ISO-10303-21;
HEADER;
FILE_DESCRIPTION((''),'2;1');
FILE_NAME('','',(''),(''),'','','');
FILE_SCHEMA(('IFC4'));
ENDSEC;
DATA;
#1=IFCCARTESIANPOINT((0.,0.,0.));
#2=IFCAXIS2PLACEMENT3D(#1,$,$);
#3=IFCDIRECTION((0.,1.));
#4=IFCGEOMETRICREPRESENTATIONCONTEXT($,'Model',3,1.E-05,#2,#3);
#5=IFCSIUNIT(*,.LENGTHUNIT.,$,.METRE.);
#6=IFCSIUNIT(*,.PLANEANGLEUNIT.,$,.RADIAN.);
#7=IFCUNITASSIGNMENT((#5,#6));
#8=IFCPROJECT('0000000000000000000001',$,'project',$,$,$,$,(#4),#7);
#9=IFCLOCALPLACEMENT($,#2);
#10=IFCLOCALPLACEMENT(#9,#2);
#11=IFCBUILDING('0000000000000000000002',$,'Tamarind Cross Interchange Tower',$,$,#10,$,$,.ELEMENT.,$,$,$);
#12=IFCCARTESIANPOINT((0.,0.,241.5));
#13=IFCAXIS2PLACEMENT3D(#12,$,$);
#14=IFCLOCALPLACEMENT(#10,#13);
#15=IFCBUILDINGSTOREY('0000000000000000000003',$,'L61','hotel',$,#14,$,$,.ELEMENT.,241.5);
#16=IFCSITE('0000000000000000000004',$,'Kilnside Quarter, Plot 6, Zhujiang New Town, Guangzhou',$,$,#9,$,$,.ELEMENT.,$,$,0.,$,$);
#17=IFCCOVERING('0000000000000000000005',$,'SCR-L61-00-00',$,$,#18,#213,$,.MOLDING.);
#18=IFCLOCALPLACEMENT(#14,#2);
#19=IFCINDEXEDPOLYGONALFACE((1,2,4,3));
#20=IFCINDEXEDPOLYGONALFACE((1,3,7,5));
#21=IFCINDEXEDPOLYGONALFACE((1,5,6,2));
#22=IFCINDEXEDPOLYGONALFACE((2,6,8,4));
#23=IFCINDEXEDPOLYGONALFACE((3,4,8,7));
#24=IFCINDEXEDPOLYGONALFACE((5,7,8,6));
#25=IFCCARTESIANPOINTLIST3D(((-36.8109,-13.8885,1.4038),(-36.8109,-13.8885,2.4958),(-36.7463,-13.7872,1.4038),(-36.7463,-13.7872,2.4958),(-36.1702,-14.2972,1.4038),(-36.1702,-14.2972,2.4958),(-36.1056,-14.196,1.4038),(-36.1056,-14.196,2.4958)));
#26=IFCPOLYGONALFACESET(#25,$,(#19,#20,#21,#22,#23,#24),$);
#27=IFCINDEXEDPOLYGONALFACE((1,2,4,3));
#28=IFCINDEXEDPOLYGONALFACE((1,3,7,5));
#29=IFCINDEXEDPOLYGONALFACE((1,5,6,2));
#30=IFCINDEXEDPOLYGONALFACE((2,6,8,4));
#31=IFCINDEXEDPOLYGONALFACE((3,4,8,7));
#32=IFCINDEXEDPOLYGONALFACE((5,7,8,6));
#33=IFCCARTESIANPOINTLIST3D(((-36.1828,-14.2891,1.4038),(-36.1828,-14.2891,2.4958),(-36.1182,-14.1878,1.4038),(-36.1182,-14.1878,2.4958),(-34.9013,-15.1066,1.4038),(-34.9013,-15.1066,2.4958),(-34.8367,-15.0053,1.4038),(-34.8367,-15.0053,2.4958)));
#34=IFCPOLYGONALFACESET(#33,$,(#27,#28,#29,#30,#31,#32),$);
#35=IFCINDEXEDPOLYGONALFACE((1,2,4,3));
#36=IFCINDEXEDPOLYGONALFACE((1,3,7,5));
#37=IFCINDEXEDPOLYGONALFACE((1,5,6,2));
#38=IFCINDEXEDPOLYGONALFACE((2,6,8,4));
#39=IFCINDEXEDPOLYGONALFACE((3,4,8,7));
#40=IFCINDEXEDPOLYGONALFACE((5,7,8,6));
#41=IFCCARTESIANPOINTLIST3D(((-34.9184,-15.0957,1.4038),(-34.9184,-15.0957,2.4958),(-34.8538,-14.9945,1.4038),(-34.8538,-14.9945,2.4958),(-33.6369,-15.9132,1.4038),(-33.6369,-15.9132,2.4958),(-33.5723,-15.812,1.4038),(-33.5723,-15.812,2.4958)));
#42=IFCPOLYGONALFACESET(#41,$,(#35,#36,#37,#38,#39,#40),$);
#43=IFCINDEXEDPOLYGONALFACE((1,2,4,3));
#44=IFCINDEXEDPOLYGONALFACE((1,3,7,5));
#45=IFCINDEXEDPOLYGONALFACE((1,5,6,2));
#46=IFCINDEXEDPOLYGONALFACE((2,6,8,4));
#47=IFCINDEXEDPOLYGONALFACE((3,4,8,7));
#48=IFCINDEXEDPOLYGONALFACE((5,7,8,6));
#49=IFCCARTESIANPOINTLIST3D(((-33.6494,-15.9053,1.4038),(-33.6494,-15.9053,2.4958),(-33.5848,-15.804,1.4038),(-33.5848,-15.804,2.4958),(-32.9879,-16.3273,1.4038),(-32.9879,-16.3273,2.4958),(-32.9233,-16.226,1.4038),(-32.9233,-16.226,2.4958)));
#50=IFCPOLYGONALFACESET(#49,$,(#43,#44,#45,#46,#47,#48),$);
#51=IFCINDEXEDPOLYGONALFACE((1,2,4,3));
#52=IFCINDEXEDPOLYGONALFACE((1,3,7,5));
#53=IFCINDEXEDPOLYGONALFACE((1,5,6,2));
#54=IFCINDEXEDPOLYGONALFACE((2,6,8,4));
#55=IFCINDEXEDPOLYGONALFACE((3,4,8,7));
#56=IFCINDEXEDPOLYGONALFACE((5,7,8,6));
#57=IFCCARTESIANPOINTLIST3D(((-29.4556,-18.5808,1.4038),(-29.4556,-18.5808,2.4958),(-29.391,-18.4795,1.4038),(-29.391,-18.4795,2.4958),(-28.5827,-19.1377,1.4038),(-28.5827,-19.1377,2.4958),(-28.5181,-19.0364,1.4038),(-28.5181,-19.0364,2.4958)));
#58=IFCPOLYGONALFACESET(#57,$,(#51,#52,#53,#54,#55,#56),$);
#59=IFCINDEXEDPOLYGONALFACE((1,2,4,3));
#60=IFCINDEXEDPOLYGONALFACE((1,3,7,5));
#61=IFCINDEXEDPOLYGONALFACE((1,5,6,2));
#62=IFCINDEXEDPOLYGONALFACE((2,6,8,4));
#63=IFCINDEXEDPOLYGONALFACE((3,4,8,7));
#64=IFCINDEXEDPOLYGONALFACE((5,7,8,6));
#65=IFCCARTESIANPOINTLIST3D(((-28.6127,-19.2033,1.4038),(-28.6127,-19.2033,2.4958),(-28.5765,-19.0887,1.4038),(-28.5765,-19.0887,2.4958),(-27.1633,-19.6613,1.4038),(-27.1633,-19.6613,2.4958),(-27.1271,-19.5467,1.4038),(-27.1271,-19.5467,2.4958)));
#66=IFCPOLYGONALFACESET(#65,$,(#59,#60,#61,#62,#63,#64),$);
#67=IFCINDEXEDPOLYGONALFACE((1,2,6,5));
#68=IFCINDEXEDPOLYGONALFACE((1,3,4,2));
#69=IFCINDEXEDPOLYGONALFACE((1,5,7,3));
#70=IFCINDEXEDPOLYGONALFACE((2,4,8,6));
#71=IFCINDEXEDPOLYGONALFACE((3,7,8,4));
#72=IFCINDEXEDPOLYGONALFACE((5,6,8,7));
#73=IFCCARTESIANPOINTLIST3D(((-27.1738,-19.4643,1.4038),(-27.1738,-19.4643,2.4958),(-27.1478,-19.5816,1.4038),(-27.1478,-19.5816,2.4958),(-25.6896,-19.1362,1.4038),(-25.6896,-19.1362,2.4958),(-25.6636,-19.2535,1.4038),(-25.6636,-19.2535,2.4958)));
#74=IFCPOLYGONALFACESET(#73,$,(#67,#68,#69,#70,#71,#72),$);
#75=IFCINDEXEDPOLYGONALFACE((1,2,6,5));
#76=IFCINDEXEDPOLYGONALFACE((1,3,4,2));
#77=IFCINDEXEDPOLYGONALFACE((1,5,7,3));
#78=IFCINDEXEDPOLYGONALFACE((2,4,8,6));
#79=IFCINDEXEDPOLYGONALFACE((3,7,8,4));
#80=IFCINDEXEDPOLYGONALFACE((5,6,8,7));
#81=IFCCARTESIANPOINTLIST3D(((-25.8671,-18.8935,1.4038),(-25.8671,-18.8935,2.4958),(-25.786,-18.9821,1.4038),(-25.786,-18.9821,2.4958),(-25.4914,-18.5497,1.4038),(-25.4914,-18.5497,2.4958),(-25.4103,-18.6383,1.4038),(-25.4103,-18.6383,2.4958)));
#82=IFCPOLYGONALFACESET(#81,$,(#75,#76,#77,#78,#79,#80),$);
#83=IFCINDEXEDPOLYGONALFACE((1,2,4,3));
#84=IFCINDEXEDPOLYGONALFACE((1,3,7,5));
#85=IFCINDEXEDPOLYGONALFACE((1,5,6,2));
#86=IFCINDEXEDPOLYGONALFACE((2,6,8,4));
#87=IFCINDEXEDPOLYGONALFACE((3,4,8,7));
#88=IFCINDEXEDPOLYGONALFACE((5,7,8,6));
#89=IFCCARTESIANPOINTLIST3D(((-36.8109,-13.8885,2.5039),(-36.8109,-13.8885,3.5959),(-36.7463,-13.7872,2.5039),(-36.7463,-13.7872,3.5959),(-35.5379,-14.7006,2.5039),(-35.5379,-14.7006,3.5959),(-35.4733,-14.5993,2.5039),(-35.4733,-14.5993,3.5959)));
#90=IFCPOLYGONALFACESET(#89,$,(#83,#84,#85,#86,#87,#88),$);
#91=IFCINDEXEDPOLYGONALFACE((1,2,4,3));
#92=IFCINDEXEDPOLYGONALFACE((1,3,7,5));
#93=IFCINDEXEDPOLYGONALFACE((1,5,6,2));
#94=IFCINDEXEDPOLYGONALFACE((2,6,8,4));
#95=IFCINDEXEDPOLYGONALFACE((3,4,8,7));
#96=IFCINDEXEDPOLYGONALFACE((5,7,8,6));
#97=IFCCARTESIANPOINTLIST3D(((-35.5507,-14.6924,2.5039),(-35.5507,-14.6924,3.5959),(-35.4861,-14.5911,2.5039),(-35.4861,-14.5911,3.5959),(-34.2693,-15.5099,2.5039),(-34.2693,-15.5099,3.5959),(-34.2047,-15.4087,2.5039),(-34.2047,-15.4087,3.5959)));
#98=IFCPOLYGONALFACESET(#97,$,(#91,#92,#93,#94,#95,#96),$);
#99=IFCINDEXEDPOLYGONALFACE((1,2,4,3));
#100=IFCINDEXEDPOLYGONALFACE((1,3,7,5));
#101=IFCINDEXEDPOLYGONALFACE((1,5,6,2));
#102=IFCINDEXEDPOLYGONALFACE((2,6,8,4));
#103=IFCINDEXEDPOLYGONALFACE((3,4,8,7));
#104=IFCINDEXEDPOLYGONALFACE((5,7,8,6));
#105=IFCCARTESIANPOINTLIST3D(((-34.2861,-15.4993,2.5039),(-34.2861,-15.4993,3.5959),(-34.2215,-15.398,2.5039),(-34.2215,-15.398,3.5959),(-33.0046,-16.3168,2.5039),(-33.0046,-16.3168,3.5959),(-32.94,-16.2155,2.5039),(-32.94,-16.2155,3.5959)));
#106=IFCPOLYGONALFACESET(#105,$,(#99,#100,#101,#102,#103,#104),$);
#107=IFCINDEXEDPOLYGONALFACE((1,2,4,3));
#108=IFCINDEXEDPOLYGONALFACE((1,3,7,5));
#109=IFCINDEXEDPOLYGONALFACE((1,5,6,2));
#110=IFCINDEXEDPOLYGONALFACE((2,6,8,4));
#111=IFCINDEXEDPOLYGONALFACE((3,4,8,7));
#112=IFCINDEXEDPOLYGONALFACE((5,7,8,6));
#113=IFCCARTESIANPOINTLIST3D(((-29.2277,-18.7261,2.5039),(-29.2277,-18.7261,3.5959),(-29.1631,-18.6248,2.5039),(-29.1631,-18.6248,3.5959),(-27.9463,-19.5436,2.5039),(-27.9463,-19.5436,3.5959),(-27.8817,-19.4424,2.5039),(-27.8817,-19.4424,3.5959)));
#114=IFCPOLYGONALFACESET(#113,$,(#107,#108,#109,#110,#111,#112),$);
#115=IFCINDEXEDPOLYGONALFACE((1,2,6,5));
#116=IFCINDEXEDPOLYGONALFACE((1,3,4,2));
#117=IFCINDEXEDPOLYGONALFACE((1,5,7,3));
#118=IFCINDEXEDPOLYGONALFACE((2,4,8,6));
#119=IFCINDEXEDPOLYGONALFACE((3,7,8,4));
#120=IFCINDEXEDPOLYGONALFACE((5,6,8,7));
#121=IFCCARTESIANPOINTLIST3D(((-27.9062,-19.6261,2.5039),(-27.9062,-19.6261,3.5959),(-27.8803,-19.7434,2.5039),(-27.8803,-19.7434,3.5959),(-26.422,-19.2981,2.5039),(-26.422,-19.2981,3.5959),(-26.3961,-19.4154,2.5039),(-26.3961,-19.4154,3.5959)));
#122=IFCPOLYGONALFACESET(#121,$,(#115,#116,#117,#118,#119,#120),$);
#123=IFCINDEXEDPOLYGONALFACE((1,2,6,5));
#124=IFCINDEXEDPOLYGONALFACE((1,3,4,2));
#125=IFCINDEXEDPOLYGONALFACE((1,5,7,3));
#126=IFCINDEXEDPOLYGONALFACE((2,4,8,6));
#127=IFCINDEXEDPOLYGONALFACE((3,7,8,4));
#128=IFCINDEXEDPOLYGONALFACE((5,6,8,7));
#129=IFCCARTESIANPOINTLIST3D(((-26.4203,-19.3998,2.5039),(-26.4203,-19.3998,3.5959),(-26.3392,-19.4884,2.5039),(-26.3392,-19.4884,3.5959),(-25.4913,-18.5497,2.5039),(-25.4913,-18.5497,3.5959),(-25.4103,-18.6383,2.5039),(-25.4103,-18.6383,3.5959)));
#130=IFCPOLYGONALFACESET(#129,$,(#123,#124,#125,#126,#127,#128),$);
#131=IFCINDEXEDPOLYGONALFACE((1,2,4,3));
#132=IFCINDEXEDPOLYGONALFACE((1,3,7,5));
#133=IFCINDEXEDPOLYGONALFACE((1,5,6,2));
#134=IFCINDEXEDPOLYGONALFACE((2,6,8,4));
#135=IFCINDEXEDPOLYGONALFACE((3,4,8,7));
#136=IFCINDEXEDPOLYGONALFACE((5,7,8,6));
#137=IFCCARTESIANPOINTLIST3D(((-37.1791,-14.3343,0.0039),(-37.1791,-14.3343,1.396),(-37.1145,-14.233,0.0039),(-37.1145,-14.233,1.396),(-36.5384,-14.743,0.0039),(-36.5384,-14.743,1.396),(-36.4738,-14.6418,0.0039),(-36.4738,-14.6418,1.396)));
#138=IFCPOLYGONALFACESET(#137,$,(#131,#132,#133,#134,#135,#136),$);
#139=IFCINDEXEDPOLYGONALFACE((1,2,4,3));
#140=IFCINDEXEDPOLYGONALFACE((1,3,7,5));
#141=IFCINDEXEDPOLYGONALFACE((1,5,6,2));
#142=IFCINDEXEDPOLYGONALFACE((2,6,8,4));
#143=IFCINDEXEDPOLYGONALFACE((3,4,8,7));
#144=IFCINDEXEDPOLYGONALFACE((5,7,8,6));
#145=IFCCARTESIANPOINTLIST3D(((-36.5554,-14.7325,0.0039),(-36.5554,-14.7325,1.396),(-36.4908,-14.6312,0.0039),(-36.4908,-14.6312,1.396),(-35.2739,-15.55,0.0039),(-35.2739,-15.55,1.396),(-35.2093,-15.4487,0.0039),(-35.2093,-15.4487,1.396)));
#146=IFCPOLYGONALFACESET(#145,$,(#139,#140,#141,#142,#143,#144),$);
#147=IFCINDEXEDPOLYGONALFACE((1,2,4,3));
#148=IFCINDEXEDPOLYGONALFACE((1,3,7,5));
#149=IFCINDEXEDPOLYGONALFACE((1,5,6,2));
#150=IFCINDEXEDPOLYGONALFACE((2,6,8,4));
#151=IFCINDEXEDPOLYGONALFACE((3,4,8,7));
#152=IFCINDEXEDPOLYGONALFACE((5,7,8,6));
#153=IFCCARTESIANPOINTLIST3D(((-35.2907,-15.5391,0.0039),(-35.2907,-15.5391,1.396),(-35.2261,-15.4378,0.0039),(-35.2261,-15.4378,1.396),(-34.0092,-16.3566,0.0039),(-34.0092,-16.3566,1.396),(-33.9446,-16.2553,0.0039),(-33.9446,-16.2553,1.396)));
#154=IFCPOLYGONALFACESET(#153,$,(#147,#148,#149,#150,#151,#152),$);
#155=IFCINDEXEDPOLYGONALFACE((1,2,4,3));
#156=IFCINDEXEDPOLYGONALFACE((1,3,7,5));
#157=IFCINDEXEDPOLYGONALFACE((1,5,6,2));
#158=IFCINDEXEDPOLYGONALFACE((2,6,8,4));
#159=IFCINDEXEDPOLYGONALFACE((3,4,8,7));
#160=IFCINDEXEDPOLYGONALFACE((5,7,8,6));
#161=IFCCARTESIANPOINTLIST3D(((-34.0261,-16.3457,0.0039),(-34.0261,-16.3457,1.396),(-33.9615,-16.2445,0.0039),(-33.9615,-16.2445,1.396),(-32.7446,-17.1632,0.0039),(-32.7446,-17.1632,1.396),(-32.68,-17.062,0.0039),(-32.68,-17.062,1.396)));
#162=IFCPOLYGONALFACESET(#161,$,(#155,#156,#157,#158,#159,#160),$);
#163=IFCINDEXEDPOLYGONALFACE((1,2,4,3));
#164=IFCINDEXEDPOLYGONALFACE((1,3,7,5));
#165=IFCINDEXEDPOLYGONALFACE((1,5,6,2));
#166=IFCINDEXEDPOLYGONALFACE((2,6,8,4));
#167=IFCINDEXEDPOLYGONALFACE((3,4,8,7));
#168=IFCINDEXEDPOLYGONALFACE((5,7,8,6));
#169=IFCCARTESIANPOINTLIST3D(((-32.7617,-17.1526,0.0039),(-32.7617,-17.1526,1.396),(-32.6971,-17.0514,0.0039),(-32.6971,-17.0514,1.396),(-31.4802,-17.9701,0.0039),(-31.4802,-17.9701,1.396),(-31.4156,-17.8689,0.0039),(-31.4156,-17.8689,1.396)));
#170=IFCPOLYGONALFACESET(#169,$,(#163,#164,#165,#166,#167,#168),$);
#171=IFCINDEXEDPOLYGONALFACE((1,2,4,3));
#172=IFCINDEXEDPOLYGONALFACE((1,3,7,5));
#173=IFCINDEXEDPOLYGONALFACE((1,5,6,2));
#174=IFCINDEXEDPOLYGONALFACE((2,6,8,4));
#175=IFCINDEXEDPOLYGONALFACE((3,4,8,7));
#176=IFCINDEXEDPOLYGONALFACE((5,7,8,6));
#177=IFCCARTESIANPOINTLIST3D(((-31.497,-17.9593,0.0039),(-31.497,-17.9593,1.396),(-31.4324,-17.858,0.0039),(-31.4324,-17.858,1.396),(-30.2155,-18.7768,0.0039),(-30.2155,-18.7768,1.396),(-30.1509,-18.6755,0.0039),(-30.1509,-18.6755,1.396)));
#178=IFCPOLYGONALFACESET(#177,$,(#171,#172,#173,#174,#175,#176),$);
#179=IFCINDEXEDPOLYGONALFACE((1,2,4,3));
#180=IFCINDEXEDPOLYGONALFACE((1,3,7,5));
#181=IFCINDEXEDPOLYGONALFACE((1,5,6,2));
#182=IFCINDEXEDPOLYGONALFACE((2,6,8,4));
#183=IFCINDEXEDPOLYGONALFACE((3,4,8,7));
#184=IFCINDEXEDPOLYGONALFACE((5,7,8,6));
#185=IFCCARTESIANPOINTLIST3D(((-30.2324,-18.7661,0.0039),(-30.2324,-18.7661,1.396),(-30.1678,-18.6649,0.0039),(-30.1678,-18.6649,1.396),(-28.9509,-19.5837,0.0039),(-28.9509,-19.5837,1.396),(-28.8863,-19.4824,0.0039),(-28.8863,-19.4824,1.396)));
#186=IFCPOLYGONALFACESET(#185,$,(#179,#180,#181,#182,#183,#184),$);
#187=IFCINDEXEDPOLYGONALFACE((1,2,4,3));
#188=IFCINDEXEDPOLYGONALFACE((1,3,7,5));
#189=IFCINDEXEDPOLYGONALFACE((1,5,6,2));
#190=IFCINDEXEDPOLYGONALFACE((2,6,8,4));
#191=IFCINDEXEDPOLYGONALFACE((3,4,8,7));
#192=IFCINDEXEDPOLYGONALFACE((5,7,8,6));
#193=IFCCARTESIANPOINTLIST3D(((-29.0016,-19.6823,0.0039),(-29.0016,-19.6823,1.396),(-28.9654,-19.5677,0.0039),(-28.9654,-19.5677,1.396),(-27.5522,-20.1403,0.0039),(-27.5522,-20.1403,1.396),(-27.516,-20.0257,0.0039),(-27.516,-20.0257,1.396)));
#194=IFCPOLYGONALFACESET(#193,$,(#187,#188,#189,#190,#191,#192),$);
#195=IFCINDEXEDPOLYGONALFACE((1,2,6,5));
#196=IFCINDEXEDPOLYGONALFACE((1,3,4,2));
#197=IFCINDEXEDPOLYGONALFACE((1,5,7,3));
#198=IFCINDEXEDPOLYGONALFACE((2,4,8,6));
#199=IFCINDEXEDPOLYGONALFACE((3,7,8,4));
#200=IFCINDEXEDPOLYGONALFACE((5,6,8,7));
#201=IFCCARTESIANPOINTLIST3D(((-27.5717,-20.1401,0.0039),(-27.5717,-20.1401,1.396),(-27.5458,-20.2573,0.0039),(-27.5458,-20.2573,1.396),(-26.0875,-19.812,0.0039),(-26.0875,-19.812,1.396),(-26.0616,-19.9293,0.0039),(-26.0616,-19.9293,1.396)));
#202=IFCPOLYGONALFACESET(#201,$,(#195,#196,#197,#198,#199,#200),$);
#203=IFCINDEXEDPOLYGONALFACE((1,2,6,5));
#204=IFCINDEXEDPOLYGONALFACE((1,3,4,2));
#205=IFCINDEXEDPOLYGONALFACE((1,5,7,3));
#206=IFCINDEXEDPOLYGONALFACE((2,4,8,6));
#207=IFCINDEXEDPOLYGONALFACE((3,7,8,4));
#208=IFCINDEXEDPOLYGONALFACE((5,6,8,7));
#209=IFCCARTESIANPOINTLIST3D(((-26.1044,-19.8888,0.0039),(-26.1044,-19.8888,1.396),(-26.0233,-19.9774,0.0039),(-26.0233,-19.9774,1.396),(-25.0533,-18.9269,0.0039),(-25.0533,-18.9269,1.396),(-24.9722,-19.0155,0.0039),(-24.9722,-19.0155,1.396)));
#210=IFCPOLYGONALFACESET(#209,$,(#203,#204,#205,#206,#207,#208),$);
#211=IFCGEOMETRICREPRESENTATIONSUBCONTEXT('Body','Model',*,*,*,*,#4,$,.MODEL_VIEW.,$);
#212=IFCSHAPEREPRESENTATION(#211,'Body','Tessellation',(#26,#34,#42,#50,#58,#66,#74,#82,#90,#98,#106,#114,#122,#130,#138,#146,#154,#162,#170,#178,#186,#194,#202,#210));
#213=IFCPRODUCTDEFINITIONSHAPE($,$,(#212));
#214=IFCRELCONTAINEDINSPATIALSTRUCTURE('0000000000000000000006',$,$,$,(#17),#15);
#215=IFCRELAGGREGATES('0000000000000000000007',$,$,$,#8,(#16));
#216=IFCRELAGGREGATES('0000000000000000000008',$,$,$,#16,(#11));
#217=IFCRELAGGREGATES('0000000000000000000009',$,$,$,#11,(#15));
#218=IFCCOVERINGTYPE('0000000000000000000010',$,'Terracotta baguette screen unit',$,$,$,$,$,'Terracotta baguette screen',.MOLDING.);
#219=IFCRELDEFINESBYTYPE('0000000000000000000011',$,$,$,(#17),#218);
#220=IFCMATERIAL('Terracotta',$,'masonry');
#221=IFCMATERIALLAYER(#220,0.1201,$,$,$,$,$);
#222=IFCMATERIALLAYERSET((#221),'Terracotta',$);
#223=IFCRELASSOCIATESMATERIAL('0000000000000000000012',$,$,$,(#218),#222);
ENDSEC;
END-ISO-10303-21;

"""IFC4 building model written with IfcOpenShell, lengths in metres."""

from ifc_helpers import new_model, si_unit, direction, frame, origin, origin_2d, place, context, subcontext, project, spatial, rectangle, extrude, material, layer, layer_set, type_object, element, save


model = new_model("IFC4")

# Units and contexts
model_context = context("Model", 3, precision=1e-05, world=origin(), true_north=direction((0.0, 1.0)))
body_context = subcontext(model_context, "Body", "Model", "MODEL_VIEW")
ifc_project = project(units=[si_unit("LENGTHUNIT", "METRE"), si_unit("PLANEANGLEUNIT", "RADIAN")], contexts=[model_context])

# Site, building, storey
site_placement = place(None, origin())
site = spatial("IfcSite", under=ifc_project, at=site_placement, Name="Kilnside Quarter, Plot 6, Zhujiang New Town, Guangzhou", CompositionType="ELEMENT", RefElevation=0.0)
building_placement = place(site_placement, origin())
building = spatial("IfcBuilding", under=site, at=building_placement, Name="Tamarind Cross Interchange Tower", CompositionType="ELEMENT")
storey_placement = place(building_placement, frame((0.0, 0.0, 241.5)))
storey = spatial("IfcBuildingStorey", under=building, at=storey_placement, Name="L61", Description="hotel", CompositionType="ELEMENT", Elevation=241.5)

# Covering
ifc_material_1 = material(Name="Terracotta", Category="masonry")
ifc_layer_1 = layer(ifc_material_1, 0.1201)
ifc_layer_set_1 = layer_set([ifc_layer_1], Name="Terracotta")
covering_type = type_object("IfcCoveringType", Name="Terracotta baguette screen unit", ElementType="Terracotta baguette screen", PredefinedType="MOLDING", material=ifc_layer_set_1)
covering_1_placement = place(storey_placement, origin())
element("IfcCovering", 1, at=covering_1_placement, inside=storey, type_object=covering_type, Name="SCR-L61-00-00", PredefinedType="MOLDING", context=body_context, shape_type="SweptSolid", body=[
    extrude(rectangle(XDim=0.76, YDim=0.1201, at=origin_2d()), frame((-36.4583, -14.0422, 1.4038), z_axis=(0.0, 0.0, 1.0), x_axis=(0.843054, -0.537829, 0.0)), (0.0, 0.0, 1.0), 1.092),
    extrude(rectangle(XDim=1.52, YDim=0.1201, at=origin_2d()), frame((-35.5098, -14.6472, 1.4038), z_axis=(0.0, 0.0, 1.0), x_axis=(0.843054, -0.537829, 0.0)), (0.0, 0.0, 1.0), 1.092),
    extrude(rectangle(XDim=1.52, YDim=0.1201, at=origin_2d()), frame((-34.2454, -15.4539, 1.4038), z_axis=(0.0, 0.0, 1.0), x_axis=(0.843054, -0.537829, 0.0)), (0.0, 0.0, 1.0), 1.092),
    extrude(rectangle(XDim=0.7847, YDim=0.1201, at=origin_2d()), frame((-33.2864, -16.0657, 1.4038), z_axis=(0.0, 0.0, 1.0), x_axis=(0.843054, -0.537829, 0.0)), (0.0, 0.0, 1.0), 1.092),
    extrude(rectangle(XDim=1.0354, YDim=0.1201, at=origin_2d()), frame((-28.9868, -18.8086, 1.4038), z_axis=(0.0, 0.0, 1.0), x_axis=(0.843054, -0.537829, 0.0)), (0.0, 0.0, 1.0), 1.092),
    extrude(rectangle(XDim=1.52, YDim=0.1201, at=origin_2d()), frame((-27.8699, -19.375, 1.4038), z_axis=(0.0, 0.0, 1.0), x_axis=(0.953528, -0.301305, 0.0)), (0.0, 0.0, 1.0), 1.092),
    extrude(rectangle(XDim=1.52, YDim=0.1201, at=origin_2d()), frame((-26.4187, -19.3589, 1.4038), z_axis=(0.0, 0.0, 1.0), x_axis=(0.976432, 0.215826, 0.0)), (0.0, 0.0, 1.0), 1.092),
    extrude(rectangle(XDim=0.5093, YDim=0.1201, at=origin_2d()), frame((-25.6387, -18.7659, 1.4038), z_axis=(0.0, 0.0, 1.0), x_axis=(0.737702, 0.675127, 0.0)), (0.0, 0.0, 1.0), 1.092),
    extrude(rectangle(XDim=1.51, YDim=0.1201, at=origin_2d()), frame((-36.1421, -14.2439, 2.5039), z_axis=(0.0, 0.0, 1.0), x_axis=(0.843054, -0.537829, 0.0)), (0.0, 0.0, 1.0), 1.092),
    extrude(rectangle(XDim=1.52, YDim=0.1201, at=origin_2d()), frame((-34.8777, -15.0505, 2.5039), z_axis=(0.0, 0.0, 1.0), x_axis=(0.843054, -0.537829, 0.0)), (0.0, 0.0, 1.0), 1.092),
    extrude(rectangle(XDim=1.52, YDim=0.1201, at=origin_2d()), frame((-33.613, -15.8574, 2.5039), z_axis=(0.0, 0.0, 1.0), x_axis=(0.843054, -0.537829, 0.0)), (0.0, 0.0, 1.0), 1.092),
    extrude(rectangle(XDim=1.52, YDim=0.1201, at=origin_2d()), frame((-28.5547, -19.0842, 2.5039), z_axis=(0.0, 0.0, 1.0), x_axis=(0.843054, -0.537829, 0.0)), (0.0, 0.0, 1.0), 1.092),
    extrude(rectangle(XDim=1.52, YDim=0.1201, at=origin_2d()), frame((-27.1511, -19.5208, 2.5039), z_axis=(0.0, 0.0, 1.0), x_axis=(0.976432, 0.215826, 0.0)), (0.0, 0.0, 1.0), 1.092),
    extrude(rectangle(XDim=1.2593, YDim=0.1201, at=origin_2d()), frame((-25.9153, -19.019, 2.5039), z_axis=(0.0, 0.0, 1.0), x_axis=(0.737702, 0.675127, 0.0)), (0.0, 0.0, 1.0), 1.092),
    extrude(rectangle(XDim=0.76, YDim=0.1201, at=origin_2d()), frame((-36.8264, -14.488, 0.0039), z_axis=(0.0, 0.0, 1.0), x_axis=(0.843054, -0.537829, 0.0)), (0.0, 0.0, 1.0), 1.3921),
    extrude(rectangle(XDim=1.52, YDim=0.1201, at=origin_2d()), frame((-35.8823, -15.0906, 0.0039), z_axis=(0.0, 0.0, 1.0), x_axis=(0.843054, -0.537829, 0.0)), (0.0, 0.0, 1.0), 1.3921),
    extrude(rectangle(XDim=1.52, YDim=0.1201, at=origin_2d()), frame((-34.6177, -15.8972, 0.0039), z_axis=(0.0, 0.0, 1.0), x_axis=(0.843054, -0.537829, 0.0)), (0.0, 0.0, 1.0), 1.3921),
    extrude(rectangle(XDim=1.52, YDim=0.1201, at=origin_2d()), frame((-33.353, -16.7039, 0.0039), z_axis=(0.0, 0.0, 1.0), x_axis=(0.843054, -0.537829, 0.0)), (0.0, 0.0, 1.0), 1.3921),
    extrude(rectangle(XDim=1.52, YDim=0.1201, at=origin_2d()), frame((-32.0886, -17.5107, 0.0039), z_axis=(0.0, 0.0, 1.0), x_axis=(0.843054, -0.537829, 0.0)), (0.0, 0.0, 1.0), 1.3921),
    extrude(rectangle(XDim=1.52, YDim=0.1201, at=origin_2d()), frame((-30.824, -18.3174, 0.0039), z_axis=(0.0, 0.0, 1.0), x_axis=(0.843054, -0.537829, 0.0)), (0.0, 0.0, 1.0), 1.3921),
    extrude(rectangle(XDim=1.52, YDim=0.1201, at=origin_2d()), frame((-29.5593, -19.1243, 0.0039), z_axis=(0.0, 0.0, 1.0), x_axis=(0.843054, -0.537829, 0.0)), (0.0, 0.0, 1.0), 1.3921),
    extrude(rectangle(XDim=1.52, YDim=0.1201, at=origin_2d()), frame((-28.2588, -19.854, 0.0039), z_axis=(0.0, 0.0, 1.0), x_axis=(0.953528, -0.301305, 0.0)), (0.0, 0.0, 1.0), 1.3921),
    extrude(rectangle(XDim=1.52, YDim=0.1201, at=origin_2d()), frame((-26.8167, -20.0347, 0.0039), z_axis=(0.0, 0.0, 1.0), x_axis=(0.976432, 0.215826, 0.0)), (0.0, 0.0, 1.0), 1.3921),
    extrude(rectangle(XDim=1.4248, YDim=0.1201, at=origin_2d()), frame((-25.5383, -19.4521, 0.0039), z_axis=(0.0, 0.0, 1.0), x_axis=(0.737702, 0.675127, 0.0)), (0.0, 0.0, 1.0), 1.3921),
])

save(model, "model.ifc")
